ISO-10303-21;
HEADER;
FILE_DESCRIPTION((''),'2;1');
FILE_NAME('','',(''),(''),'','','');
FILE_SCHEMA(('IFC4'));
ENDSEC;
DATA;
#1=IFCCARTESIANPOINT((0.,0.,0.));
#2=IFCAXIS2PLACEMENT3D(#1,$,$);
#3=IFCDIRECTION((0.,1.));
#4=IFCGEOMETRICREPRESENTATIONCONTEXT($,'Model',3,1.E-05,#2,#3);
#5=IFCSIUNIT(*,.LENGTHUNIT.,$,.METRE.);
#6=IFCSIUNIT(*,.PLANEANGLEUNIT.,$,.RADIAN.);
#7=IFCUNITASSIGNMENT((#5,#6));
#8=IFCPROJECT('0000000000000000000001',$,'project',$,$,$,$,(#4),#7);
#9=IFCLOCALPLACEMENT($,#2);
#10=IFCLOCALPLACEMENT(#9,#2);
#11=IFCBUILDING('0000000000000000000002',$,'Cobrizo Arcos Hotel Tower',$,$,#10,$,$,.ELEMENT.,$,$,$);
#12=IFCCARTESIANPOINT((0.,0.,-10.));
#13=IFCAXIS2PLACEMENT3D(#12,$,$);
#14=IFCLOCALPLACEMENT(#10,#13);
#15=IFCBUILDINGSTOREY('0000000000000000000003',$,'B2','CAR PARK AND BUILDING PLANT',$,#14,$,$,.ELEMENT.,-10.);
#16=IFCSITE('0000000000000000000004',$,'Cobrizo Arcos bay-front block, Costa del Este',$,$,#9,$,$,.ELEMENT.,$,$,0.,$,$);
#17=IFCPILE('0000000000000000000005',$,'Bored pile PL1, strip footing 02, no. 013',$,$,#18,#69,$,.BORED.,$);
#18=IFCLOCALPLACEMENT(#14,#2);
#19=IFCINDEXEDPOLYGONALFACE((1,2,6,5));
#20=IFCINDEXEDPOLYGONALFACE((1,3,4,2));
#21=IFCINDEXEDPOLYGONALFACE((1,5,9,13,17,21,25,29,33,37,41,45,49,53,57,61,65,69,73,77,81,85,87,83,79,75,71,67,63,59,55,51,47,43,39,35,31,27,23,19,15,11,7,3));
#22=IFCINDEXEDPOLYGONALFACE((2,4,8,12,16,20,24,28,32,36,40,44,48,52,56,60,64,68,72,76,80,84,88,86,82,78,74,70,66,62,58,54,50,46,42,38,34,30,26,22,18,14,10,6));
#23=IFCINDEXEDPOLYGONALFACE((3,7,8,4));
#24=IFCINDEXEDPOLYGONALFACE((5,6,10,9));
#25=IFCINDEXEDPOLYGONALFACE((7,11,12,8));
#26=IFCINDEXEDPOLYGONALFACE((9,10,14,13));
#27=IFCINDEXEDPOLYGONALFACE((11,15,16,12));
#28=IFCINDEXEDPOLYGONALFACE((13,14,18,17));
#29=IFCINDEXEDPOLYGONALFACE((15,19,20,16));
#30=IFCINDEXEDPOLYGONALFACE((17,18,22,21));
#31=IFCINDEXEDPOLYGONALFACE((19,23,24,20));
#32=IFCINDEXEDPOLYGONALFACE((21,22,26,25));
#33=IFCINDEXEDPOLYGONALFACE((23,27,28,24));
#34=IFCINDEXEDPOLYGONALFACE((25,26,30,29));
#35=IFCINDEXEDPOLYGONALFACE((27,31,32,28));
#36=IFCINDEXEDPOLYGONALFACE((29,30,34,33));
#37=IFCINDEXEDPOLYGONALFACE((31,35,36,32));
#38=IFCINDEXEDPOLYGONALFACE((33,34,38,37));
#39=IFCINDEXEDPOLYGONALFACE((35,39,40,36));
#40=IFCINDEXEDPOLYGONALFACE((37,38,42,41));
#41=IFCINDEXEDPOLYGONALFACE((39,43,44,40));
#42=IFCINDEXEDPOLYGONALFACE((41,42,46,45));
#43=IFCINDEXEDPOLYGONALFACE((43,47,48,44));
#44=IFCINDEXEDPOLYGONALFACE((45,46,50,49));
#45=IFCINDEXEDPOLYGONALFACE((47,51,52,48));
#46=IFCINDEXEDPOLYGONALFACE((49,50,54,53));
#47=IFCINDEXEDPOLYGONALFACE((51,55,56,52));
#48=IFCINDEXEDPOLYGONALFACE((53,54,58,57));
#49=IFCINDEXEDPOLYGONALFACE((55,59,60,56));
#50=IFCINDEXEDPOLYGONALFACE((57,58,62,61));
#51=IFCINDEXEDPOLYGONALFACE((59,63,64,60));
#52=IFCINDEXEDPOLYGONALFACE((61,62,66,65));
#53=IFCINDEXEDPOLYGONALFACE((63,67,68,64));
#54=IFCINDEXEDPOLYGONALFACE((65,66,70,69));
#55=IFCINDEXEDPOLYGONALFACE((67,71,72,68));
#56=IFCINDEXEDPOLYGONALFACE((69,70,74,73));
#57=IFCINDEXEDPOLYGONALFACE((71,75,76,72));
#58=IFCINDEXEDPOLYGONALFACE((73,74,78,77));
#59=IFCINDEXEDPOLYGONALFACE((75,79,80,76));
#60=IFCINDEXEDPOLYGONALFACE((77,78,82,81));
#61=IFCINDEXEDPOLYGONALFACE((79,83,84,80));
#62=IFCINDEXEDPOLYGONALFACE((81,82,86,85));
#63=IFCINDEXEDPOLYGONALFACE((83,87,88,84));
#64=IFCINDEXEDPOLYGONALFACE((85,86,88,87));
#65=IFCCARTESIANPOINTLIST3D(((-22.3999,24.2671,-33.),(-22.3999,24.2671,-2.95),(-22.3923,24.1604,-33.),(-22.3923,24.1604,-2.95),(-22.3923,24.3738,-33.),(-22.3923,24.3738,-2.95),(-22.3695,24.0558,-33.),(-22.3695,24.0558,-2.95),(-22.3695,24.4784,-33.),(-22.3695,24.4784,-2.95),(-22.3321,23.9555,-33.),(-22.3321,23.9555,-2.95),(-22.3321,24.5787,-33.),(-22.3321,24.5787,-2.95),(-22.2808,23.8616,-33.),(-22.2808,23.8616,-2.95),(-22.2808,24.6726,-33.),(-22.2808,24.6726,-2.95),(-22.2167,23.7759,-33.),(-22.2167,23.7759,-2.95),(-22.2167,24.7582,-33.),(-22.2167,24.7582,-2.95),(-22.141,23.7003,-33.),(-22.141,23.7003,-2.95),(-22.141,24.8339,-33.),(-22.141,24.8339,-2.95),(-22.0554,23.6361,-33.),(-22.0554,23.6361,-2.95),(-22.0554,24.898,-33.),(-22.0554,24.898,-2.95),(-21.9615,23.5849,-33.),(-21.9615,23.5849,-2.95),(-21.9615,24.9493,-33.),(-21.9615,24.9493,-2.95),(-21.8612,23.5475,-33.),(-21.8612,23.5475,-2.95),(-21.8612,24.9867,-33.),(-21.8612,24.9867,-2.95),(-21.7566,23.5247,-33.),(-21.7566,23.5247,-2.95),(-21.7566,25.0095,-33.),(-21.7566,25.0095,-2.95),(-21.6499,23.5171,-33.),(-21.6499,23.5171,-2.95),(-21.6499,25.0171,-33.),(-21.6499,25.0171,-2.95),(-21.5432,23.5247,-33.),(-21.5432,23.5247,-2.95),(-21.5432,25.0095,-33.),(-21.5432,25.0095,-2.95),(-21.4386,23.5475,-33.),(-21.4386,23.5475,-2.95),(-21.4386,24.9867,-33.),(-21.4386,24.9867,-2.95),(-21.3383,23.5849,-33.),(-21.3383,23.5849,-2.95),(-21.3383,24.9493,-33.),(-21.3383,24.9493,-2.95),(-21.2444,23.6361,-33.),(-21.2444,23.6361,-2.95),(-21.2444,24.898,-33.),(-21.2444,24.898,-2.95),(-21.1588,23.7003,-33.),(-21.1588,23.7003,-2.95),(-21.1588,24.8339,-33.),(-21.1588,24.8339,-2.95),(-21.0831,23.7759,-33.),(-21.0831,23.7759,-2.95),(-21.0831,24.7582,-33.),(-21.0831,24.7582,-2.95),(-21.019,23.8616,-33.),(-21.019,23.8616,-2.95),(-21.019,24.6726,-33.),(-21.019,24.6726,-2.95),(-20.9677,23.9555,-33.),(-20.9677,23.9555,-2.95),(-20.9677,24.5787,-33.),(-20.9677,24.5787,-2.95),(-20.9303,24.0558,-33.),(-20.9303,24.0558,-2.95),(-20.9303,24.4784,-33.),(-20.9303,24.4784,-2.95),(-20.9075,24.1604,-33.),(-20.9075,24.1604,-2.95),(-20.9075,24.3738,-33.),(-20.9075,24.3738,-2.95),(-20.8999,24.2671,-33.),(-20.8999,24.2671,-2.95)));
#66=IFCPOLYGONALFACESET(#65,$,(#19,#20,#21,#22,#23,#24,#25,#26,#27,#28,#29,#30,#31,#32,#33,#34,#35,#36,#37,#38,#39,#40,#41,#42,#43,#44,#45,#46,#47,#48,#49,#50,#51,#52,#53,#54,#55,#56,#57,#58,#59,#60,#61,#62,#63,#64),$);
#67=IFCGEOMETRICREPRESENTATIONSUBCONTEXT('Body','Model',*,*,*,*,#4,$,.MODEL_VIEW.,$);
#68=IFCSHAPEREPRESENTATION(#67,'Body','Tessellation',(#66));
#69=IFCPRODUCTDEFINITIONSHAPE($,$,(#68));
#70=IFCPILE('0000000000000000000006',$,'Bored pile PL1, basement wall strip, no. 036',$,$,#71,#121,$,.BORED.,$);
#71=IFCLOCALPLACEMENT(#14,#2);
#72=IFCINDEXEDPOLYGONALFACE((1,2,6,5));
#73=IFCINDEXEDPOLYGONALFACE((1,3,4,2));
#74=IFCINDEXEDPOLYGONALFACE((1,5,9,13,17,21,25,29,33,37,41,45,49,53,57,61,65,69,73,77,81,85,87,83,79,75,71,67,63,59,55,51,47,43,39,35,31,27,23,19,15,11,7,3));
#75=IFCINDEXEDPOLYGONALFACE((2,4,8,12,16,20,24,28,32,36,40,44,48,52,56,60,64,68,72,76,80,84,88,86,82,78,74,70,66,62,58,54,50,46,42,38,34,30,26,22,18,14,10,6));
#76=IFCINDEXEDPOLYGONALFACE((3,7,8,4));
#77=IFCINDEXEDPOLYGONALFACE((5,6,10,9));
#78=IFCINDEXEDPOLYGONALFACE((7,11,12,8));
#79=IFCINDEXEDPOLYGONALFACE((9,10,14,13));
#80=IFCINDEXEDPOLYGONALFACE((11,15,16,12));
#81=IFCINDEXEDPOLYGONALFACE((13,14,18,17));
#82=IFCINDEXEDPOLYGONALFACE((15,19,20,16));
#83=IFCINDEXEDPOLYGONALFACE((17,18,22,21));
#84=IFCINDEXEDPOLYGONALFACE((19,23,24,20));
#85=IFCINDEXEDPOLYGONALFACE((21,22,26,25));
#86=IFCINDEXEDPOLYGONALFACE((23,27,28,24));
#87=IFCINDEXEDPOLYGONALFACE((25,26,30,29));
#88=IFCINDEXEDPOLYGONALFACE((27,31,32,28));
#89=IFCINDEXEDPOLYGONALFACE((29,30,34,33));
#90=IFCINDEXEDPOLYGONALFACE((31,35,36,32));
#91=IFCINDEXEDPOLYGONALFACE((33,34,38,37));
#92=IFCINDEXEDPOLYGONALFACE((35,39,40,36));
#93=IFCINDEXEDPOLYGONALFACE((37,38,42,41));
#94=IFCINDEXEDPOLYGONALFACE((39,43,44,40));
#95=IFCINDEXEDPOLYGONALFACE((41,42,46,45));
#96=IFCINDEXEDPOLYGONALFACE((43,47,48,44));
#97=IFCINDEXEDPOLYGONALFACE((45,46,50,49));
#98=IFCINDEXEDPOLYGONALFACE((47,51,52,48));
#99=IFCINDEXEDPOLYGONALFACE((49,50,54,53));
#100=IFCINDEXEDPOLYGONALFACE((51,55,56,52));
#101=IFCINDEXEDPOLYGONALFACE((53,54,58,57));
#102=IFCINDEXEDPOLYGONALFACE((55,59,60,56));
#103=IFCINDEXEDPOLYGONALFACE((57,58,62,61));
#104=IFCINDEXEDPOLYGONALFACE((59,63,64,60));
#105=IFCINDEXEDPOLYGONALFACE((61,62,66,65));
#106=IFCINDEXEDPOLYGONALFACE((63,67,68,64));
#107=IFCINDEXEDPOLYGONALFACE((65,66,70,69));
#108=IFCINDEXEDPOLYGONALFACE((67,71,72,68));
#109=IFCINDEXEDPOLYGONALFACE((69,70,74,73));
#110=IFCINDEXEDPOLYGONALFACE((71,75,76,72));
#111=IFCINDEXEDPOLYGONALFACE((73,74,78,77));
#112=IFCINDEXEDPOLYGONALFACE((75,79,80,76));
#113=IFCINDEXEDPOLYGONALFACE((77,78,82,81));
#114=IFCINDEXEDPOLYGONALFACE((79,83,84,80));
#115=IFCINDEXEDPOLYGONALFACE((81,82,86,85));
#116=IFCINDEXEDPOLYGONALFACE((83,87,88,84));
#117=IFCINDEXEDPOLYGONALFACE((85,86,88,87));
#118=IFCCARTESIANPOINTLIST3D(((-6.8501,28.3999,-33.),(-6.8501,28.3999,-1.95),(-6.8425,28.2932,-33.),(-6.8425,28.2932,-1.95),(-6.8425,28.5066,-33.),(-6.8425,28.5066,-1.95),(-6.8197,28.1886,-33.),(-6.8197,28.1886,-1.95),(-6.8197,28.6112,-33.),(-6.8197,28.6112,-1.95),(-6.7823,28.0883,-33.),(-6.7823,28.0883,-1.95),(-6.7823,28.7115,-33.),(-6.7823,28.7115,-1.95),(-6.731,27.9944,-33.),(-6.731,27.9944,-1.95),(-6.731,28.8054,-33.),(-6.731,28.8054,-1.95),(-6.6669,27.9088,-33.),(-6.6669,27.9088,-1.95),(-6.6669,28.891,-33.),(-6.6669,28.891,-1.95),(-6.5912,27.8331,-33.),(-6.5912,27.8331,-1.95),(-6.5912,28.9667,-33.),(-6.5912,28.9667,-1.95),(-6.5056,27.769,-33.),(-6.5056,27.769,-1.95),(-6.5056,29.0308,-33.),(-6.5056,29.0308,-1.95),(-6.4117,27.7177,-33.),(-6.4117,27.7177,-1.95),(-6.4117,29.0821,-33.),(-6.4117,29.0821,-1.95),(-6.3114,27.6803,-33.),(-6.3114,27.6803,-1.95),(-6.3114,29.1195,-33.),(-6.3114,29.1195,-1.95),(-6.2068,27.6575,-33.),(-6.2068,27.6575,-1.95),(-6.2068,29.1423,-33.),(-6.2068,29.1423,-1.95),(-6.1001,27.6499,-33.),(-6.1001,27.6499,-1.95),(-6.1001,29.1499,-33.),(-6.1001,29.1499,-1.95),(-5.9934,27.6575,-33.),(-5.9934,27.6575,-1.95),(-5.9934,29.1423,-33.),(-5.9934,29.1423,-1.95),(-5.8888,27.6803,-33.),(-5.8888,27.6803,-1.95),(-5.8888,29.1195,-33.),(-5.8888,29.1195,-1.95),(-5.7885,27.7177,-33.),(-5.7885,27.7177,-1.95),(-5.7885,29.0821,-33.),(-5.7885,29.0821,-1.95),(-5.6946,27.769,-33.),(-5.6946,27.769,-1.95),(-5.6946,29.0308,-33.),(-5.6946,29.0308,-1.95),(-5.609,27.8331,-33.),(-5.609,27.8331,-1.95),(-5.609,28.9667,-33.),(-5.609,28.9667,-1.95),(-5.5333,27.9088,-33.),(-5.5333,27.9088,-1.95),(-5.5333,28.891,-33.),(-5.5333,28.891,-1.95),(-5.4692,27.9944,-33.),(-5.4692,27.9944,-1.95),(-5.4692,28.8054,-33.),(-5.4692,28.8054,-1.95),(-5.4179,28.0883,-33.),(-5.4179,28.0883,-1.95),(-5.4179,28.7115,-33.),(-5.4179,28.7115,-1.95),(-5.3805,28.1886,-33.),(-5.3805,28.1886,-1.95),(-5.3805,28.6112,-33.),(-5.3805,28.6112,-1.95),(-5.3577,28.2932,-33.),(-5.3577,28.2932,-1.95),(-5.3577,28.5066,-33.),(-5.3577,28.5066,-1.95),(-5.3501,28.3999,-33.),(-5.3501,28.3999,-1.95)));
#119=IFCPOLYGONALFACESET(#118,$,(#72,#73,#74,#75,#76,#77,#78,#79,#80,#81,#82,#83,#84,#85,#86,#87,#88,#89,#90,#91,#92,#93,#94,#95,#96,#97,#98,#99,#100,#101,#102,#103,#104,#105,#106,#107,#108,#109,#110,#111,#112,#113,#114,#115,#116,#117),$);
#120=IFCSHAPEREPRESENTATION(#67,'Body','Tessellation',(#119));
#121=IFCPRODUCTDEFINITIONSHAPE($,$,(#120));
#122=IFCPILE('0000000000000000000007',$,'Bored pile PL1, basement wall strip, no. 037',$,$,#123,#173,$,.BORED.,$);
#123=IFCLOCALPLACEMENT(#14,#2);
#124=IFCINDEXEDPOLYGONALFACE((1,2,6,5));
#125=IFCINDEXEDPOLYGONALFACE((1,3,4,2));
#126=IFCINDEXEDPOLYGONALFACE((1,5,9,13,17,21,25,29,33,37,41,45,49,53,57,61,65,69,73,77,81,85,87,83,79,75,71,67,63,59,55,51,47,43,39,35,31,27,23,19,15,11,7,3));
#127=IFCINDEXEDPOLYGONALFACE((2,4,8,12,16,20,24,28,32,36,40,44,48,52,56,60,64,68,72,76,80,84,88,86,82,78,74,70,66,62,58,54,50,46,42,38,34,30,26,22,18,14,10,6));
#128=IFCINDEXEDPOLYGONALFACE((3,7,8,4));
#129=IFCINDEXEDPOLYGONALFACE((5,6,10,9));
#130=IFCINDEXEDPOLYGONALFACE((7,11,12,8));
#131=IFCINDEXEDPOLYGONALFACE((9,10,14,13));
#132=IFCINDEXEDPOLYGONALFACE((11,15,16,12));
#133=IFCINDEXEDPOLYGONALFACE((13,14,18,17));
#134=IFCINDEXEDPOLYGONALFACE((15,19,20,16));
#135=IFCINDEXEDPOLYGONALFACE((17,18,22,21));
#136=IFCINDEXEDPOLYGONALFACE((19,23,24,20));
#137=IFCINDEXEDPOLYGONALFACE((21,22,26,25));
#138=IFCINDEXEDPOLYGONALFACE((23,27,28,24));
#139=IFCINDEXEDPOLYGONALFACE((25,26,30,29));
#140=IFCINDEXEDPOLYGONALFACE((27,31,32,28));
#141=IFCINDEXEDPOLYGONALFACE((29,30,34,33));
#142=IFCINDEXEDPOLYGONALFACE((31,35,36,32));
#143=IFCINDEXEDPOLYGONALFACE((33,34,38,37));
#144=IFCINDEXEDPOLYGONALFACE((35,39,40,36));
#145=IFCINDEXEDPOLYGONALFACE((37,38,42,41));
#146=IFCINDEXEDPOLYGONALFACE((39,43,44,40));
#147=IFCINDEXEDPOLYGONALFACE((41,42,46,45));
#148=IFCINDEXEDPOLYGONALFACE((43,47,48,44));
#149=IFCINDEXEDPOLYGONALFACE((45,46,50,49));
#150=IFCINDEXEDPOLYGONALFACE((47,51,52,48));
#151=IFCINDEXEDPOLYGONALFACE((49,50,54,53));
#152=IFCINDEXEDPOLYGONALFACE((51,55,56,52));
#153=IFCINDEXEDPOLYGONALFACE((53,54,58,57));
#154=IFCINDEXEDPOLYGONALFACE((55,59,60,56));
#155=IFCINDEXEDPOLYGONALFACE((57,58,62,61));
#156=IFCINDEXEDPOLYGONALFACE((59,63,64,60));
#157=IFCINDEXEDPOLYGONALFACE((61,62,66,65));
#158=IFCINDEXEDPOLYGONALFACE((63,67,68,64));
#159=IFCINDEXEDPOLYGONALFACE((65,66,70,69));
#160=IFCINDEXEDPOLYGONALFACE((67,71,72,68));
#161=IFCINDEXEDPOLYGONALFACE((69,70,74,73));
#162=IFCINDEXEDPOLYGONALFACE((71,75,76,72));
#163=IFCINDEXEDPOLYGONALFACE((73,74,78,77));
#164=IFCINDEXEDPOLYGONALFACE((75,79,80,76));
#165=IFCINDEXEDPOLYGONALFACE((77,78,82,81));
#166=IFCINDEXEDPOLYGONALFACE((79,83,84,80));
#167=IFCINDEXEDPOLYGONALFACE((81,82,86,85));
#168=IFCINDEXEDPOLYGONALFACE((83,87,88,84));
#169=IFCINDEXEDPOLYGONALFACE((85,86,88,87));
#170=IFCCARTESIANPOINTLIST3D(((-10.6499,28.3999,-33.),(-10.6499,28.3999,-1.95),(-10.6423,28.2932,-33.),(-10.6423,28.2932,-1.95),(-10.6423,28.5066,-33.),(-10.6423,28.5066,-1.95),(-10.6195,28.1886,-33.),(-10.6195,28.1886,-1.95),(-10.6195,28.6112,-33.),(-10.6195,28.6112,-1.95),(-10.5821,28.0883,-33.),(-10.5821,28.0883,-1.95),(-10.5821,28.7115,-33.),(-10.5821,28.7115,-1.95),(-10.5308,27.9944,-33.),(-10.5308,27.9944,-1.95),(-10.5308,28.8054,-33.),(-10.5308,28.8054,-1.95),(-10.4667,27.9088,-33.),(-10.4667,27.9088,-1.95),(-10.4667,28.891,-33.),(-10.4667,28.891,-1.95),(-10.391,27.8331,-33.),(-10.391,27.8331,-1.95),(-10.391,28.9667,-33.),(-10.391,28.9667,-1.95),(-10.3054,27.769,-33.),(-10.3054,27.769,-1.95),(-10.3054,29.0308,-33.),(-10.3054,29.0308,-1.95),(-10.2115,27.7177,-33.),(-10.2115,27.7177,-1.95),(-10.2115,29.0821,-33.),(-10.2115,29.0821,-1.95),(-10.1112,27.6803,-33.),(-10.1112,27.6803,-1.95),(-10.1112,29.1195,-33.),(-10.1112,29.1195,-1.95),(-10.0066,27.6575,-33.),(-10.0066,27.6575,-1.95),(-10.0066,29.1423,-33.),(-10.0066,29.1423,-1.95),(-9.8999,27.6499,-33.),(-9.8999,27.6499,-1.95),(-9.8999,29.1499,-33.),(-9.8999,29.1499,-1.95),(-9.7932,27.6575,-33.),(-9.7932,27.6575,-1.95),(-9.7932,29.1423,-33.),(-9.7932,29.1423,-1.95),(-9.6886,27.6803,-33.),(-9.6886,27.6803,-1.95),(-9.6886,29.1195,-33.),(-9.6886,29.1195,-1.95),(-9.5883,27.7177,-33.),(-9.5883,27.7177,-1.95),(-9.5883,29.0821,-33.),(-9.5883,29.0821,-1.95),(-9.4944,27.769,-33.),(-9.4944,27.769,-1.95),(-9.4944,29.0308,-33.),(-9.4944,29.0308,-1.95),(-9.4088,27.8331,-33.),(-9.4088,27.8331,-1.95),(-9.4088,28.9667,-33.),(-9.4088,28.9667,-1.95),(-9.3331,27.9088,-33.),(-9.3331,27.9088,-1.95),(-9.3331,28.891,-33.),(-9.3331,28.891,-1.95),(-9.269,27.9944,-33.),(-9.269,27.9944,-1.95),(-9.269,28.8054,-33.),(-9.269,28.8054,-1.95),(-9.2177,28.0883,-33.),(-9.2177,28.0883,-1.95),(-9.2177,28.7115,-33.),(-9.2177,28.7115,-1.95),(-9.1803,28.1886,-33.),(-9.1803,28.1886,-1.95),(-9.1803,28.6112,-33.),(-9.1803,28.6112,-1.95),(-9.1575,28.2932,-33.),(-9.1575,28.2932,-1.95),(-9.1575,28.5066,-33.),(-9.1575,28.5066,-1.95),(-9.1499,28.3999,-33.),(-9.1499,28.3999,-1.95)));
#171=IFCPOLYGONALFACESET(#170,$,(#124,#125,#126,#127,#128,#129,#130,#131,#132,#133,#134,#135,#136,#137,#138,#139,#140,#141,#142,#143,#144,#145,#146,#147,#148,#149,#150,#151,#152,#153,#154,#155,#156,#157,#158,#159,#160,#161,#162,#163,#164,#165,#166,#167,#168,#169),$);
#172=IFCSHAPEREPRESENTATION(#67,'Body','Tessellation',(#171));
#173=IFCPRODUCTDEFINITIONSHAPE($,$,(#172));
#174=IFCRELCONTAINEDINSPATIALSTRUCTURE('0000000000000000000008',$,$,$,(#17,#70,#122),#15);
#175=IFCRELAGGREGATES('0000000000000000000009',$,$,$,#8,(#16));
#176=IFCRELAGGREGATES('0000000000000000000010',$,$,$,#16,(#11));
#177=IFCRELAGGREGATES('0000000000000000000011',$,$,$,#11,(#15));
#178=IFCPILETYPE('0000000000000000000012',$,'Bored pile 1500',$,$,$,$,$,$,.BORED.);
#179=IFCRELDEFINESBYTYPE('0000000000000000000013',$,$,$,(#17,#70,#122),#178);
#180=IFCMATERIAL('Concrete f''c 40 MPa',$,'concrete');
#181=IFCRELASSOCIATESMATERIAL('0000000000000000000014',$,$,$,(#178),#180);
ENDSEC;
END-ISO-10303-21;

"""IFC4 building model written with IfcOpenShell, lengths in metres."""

from ifc_helpers import new_model, si_unit, direction, frame, origin, origin_2d, place, context, subcontext, project, spatial, circle, extrude, material, material_profile, profile_set, type_object, element, save


model = new_model("IFC4")

# Units and contexts
model_context = context("Model", 3, precision=1e-05, world=origin(), true_north=direction((0.0, 1.0)))
body_context = subcontext(model_context, "Body", "Model", "MODEL_VIEW")
ifc_project = project(units=[si_unit("LENGTHUNIT", "METRE"), si_unit("PLANEANGLEUNIT", "RADIAN")], contexts=[model_context])

# Site, building, storey
site_placement = place(None, origin())
site = spatial("IfcSite", under=ifc_project, at=site_placement, Name="Cobrizo Arcos bay-front block, Costa del Este", CompositionType="ELEMENT", RefElevation=0.0)
building_placement = place(site_placement, origin())
building = spatial("IfcBuilding", under=site, at=building_placement, Name="Cobrizo Arcos Hotel Tower", CompositionType="ELEMENT")
storey_placement = place(building_placement, frame((0.0, 0.0, -10.0)))
storey = spatial("IfcBuildingStorey", under=building, at=storey_placement, Name="B2", Description="CAR PARK AND BUILDING PLANT", CompositionType="ELEMENT", Elevation=-10.0)

# Piles
ifc_material_1 = material(Name="Concrete f'c 40 MPa", Category="concrete")
ifc_material_profile = material_profile(ifc_material_1, circle(Radius=0.75, at=origin_2d()), Name="BORED PILE 1500")
ifc_profile_set = profile_set([ifc_material_profile], Name="Concrete f'c 40 MPa")
pile_type = type_object("IfcPileType", Name="Bored pile 1500", PredefinedType="BORED", material=ifc_profile_set)
pile_placement = place(storey_placement, frame((-21.6499, 24.2671, -2.95), z_axis=(0.0, 0.0, -1.0), x_axis=(1.0, 0.0, 0.0)))
element("IfcPile", 1, at=pile_placement, inside=storey, type_object=pile_type, Name="Bored pile PL1, strip footing 02, no. 013", PredefinedType="BORED", context=body_context, shape_type="SweptSolid", body=[
    extrude(circle(Radius=0.75, at=origin_2d()), origin(), (0.0, 0.0, 1.0), 30.05),
])
for number, where, z_axis, x_axis, name in (
    (2, (-6.1001, 28.3999, -1.95), (0.0, 0.0, -1.0), (1.0, 0.0, 0.0), "Bored pile PL1, basement wall strip, no. 036"),
    (3, (-9.8999, 28.3999, -1.95), (0.0, 0.0, -1.0), (1.0, 0.0, 0.0), "Bored pile PL1, basement wall strip, no. 037"),
):
    element("IfcPile", number, at=place(storey_placement, frame(where, z_axis=z_axis, x_axis=x_axis)), inside=storey, type_object=pile_type, Name=name, PredefinedType="BORED", context=body_context, shape_type="SweptSolid", body=[
        extrude(circle(Radius=0.75, at=origin_2d()), origin(), (0.0, 0.0, 1.0), 31.05),
    ])

save(model, "model.ifc")
